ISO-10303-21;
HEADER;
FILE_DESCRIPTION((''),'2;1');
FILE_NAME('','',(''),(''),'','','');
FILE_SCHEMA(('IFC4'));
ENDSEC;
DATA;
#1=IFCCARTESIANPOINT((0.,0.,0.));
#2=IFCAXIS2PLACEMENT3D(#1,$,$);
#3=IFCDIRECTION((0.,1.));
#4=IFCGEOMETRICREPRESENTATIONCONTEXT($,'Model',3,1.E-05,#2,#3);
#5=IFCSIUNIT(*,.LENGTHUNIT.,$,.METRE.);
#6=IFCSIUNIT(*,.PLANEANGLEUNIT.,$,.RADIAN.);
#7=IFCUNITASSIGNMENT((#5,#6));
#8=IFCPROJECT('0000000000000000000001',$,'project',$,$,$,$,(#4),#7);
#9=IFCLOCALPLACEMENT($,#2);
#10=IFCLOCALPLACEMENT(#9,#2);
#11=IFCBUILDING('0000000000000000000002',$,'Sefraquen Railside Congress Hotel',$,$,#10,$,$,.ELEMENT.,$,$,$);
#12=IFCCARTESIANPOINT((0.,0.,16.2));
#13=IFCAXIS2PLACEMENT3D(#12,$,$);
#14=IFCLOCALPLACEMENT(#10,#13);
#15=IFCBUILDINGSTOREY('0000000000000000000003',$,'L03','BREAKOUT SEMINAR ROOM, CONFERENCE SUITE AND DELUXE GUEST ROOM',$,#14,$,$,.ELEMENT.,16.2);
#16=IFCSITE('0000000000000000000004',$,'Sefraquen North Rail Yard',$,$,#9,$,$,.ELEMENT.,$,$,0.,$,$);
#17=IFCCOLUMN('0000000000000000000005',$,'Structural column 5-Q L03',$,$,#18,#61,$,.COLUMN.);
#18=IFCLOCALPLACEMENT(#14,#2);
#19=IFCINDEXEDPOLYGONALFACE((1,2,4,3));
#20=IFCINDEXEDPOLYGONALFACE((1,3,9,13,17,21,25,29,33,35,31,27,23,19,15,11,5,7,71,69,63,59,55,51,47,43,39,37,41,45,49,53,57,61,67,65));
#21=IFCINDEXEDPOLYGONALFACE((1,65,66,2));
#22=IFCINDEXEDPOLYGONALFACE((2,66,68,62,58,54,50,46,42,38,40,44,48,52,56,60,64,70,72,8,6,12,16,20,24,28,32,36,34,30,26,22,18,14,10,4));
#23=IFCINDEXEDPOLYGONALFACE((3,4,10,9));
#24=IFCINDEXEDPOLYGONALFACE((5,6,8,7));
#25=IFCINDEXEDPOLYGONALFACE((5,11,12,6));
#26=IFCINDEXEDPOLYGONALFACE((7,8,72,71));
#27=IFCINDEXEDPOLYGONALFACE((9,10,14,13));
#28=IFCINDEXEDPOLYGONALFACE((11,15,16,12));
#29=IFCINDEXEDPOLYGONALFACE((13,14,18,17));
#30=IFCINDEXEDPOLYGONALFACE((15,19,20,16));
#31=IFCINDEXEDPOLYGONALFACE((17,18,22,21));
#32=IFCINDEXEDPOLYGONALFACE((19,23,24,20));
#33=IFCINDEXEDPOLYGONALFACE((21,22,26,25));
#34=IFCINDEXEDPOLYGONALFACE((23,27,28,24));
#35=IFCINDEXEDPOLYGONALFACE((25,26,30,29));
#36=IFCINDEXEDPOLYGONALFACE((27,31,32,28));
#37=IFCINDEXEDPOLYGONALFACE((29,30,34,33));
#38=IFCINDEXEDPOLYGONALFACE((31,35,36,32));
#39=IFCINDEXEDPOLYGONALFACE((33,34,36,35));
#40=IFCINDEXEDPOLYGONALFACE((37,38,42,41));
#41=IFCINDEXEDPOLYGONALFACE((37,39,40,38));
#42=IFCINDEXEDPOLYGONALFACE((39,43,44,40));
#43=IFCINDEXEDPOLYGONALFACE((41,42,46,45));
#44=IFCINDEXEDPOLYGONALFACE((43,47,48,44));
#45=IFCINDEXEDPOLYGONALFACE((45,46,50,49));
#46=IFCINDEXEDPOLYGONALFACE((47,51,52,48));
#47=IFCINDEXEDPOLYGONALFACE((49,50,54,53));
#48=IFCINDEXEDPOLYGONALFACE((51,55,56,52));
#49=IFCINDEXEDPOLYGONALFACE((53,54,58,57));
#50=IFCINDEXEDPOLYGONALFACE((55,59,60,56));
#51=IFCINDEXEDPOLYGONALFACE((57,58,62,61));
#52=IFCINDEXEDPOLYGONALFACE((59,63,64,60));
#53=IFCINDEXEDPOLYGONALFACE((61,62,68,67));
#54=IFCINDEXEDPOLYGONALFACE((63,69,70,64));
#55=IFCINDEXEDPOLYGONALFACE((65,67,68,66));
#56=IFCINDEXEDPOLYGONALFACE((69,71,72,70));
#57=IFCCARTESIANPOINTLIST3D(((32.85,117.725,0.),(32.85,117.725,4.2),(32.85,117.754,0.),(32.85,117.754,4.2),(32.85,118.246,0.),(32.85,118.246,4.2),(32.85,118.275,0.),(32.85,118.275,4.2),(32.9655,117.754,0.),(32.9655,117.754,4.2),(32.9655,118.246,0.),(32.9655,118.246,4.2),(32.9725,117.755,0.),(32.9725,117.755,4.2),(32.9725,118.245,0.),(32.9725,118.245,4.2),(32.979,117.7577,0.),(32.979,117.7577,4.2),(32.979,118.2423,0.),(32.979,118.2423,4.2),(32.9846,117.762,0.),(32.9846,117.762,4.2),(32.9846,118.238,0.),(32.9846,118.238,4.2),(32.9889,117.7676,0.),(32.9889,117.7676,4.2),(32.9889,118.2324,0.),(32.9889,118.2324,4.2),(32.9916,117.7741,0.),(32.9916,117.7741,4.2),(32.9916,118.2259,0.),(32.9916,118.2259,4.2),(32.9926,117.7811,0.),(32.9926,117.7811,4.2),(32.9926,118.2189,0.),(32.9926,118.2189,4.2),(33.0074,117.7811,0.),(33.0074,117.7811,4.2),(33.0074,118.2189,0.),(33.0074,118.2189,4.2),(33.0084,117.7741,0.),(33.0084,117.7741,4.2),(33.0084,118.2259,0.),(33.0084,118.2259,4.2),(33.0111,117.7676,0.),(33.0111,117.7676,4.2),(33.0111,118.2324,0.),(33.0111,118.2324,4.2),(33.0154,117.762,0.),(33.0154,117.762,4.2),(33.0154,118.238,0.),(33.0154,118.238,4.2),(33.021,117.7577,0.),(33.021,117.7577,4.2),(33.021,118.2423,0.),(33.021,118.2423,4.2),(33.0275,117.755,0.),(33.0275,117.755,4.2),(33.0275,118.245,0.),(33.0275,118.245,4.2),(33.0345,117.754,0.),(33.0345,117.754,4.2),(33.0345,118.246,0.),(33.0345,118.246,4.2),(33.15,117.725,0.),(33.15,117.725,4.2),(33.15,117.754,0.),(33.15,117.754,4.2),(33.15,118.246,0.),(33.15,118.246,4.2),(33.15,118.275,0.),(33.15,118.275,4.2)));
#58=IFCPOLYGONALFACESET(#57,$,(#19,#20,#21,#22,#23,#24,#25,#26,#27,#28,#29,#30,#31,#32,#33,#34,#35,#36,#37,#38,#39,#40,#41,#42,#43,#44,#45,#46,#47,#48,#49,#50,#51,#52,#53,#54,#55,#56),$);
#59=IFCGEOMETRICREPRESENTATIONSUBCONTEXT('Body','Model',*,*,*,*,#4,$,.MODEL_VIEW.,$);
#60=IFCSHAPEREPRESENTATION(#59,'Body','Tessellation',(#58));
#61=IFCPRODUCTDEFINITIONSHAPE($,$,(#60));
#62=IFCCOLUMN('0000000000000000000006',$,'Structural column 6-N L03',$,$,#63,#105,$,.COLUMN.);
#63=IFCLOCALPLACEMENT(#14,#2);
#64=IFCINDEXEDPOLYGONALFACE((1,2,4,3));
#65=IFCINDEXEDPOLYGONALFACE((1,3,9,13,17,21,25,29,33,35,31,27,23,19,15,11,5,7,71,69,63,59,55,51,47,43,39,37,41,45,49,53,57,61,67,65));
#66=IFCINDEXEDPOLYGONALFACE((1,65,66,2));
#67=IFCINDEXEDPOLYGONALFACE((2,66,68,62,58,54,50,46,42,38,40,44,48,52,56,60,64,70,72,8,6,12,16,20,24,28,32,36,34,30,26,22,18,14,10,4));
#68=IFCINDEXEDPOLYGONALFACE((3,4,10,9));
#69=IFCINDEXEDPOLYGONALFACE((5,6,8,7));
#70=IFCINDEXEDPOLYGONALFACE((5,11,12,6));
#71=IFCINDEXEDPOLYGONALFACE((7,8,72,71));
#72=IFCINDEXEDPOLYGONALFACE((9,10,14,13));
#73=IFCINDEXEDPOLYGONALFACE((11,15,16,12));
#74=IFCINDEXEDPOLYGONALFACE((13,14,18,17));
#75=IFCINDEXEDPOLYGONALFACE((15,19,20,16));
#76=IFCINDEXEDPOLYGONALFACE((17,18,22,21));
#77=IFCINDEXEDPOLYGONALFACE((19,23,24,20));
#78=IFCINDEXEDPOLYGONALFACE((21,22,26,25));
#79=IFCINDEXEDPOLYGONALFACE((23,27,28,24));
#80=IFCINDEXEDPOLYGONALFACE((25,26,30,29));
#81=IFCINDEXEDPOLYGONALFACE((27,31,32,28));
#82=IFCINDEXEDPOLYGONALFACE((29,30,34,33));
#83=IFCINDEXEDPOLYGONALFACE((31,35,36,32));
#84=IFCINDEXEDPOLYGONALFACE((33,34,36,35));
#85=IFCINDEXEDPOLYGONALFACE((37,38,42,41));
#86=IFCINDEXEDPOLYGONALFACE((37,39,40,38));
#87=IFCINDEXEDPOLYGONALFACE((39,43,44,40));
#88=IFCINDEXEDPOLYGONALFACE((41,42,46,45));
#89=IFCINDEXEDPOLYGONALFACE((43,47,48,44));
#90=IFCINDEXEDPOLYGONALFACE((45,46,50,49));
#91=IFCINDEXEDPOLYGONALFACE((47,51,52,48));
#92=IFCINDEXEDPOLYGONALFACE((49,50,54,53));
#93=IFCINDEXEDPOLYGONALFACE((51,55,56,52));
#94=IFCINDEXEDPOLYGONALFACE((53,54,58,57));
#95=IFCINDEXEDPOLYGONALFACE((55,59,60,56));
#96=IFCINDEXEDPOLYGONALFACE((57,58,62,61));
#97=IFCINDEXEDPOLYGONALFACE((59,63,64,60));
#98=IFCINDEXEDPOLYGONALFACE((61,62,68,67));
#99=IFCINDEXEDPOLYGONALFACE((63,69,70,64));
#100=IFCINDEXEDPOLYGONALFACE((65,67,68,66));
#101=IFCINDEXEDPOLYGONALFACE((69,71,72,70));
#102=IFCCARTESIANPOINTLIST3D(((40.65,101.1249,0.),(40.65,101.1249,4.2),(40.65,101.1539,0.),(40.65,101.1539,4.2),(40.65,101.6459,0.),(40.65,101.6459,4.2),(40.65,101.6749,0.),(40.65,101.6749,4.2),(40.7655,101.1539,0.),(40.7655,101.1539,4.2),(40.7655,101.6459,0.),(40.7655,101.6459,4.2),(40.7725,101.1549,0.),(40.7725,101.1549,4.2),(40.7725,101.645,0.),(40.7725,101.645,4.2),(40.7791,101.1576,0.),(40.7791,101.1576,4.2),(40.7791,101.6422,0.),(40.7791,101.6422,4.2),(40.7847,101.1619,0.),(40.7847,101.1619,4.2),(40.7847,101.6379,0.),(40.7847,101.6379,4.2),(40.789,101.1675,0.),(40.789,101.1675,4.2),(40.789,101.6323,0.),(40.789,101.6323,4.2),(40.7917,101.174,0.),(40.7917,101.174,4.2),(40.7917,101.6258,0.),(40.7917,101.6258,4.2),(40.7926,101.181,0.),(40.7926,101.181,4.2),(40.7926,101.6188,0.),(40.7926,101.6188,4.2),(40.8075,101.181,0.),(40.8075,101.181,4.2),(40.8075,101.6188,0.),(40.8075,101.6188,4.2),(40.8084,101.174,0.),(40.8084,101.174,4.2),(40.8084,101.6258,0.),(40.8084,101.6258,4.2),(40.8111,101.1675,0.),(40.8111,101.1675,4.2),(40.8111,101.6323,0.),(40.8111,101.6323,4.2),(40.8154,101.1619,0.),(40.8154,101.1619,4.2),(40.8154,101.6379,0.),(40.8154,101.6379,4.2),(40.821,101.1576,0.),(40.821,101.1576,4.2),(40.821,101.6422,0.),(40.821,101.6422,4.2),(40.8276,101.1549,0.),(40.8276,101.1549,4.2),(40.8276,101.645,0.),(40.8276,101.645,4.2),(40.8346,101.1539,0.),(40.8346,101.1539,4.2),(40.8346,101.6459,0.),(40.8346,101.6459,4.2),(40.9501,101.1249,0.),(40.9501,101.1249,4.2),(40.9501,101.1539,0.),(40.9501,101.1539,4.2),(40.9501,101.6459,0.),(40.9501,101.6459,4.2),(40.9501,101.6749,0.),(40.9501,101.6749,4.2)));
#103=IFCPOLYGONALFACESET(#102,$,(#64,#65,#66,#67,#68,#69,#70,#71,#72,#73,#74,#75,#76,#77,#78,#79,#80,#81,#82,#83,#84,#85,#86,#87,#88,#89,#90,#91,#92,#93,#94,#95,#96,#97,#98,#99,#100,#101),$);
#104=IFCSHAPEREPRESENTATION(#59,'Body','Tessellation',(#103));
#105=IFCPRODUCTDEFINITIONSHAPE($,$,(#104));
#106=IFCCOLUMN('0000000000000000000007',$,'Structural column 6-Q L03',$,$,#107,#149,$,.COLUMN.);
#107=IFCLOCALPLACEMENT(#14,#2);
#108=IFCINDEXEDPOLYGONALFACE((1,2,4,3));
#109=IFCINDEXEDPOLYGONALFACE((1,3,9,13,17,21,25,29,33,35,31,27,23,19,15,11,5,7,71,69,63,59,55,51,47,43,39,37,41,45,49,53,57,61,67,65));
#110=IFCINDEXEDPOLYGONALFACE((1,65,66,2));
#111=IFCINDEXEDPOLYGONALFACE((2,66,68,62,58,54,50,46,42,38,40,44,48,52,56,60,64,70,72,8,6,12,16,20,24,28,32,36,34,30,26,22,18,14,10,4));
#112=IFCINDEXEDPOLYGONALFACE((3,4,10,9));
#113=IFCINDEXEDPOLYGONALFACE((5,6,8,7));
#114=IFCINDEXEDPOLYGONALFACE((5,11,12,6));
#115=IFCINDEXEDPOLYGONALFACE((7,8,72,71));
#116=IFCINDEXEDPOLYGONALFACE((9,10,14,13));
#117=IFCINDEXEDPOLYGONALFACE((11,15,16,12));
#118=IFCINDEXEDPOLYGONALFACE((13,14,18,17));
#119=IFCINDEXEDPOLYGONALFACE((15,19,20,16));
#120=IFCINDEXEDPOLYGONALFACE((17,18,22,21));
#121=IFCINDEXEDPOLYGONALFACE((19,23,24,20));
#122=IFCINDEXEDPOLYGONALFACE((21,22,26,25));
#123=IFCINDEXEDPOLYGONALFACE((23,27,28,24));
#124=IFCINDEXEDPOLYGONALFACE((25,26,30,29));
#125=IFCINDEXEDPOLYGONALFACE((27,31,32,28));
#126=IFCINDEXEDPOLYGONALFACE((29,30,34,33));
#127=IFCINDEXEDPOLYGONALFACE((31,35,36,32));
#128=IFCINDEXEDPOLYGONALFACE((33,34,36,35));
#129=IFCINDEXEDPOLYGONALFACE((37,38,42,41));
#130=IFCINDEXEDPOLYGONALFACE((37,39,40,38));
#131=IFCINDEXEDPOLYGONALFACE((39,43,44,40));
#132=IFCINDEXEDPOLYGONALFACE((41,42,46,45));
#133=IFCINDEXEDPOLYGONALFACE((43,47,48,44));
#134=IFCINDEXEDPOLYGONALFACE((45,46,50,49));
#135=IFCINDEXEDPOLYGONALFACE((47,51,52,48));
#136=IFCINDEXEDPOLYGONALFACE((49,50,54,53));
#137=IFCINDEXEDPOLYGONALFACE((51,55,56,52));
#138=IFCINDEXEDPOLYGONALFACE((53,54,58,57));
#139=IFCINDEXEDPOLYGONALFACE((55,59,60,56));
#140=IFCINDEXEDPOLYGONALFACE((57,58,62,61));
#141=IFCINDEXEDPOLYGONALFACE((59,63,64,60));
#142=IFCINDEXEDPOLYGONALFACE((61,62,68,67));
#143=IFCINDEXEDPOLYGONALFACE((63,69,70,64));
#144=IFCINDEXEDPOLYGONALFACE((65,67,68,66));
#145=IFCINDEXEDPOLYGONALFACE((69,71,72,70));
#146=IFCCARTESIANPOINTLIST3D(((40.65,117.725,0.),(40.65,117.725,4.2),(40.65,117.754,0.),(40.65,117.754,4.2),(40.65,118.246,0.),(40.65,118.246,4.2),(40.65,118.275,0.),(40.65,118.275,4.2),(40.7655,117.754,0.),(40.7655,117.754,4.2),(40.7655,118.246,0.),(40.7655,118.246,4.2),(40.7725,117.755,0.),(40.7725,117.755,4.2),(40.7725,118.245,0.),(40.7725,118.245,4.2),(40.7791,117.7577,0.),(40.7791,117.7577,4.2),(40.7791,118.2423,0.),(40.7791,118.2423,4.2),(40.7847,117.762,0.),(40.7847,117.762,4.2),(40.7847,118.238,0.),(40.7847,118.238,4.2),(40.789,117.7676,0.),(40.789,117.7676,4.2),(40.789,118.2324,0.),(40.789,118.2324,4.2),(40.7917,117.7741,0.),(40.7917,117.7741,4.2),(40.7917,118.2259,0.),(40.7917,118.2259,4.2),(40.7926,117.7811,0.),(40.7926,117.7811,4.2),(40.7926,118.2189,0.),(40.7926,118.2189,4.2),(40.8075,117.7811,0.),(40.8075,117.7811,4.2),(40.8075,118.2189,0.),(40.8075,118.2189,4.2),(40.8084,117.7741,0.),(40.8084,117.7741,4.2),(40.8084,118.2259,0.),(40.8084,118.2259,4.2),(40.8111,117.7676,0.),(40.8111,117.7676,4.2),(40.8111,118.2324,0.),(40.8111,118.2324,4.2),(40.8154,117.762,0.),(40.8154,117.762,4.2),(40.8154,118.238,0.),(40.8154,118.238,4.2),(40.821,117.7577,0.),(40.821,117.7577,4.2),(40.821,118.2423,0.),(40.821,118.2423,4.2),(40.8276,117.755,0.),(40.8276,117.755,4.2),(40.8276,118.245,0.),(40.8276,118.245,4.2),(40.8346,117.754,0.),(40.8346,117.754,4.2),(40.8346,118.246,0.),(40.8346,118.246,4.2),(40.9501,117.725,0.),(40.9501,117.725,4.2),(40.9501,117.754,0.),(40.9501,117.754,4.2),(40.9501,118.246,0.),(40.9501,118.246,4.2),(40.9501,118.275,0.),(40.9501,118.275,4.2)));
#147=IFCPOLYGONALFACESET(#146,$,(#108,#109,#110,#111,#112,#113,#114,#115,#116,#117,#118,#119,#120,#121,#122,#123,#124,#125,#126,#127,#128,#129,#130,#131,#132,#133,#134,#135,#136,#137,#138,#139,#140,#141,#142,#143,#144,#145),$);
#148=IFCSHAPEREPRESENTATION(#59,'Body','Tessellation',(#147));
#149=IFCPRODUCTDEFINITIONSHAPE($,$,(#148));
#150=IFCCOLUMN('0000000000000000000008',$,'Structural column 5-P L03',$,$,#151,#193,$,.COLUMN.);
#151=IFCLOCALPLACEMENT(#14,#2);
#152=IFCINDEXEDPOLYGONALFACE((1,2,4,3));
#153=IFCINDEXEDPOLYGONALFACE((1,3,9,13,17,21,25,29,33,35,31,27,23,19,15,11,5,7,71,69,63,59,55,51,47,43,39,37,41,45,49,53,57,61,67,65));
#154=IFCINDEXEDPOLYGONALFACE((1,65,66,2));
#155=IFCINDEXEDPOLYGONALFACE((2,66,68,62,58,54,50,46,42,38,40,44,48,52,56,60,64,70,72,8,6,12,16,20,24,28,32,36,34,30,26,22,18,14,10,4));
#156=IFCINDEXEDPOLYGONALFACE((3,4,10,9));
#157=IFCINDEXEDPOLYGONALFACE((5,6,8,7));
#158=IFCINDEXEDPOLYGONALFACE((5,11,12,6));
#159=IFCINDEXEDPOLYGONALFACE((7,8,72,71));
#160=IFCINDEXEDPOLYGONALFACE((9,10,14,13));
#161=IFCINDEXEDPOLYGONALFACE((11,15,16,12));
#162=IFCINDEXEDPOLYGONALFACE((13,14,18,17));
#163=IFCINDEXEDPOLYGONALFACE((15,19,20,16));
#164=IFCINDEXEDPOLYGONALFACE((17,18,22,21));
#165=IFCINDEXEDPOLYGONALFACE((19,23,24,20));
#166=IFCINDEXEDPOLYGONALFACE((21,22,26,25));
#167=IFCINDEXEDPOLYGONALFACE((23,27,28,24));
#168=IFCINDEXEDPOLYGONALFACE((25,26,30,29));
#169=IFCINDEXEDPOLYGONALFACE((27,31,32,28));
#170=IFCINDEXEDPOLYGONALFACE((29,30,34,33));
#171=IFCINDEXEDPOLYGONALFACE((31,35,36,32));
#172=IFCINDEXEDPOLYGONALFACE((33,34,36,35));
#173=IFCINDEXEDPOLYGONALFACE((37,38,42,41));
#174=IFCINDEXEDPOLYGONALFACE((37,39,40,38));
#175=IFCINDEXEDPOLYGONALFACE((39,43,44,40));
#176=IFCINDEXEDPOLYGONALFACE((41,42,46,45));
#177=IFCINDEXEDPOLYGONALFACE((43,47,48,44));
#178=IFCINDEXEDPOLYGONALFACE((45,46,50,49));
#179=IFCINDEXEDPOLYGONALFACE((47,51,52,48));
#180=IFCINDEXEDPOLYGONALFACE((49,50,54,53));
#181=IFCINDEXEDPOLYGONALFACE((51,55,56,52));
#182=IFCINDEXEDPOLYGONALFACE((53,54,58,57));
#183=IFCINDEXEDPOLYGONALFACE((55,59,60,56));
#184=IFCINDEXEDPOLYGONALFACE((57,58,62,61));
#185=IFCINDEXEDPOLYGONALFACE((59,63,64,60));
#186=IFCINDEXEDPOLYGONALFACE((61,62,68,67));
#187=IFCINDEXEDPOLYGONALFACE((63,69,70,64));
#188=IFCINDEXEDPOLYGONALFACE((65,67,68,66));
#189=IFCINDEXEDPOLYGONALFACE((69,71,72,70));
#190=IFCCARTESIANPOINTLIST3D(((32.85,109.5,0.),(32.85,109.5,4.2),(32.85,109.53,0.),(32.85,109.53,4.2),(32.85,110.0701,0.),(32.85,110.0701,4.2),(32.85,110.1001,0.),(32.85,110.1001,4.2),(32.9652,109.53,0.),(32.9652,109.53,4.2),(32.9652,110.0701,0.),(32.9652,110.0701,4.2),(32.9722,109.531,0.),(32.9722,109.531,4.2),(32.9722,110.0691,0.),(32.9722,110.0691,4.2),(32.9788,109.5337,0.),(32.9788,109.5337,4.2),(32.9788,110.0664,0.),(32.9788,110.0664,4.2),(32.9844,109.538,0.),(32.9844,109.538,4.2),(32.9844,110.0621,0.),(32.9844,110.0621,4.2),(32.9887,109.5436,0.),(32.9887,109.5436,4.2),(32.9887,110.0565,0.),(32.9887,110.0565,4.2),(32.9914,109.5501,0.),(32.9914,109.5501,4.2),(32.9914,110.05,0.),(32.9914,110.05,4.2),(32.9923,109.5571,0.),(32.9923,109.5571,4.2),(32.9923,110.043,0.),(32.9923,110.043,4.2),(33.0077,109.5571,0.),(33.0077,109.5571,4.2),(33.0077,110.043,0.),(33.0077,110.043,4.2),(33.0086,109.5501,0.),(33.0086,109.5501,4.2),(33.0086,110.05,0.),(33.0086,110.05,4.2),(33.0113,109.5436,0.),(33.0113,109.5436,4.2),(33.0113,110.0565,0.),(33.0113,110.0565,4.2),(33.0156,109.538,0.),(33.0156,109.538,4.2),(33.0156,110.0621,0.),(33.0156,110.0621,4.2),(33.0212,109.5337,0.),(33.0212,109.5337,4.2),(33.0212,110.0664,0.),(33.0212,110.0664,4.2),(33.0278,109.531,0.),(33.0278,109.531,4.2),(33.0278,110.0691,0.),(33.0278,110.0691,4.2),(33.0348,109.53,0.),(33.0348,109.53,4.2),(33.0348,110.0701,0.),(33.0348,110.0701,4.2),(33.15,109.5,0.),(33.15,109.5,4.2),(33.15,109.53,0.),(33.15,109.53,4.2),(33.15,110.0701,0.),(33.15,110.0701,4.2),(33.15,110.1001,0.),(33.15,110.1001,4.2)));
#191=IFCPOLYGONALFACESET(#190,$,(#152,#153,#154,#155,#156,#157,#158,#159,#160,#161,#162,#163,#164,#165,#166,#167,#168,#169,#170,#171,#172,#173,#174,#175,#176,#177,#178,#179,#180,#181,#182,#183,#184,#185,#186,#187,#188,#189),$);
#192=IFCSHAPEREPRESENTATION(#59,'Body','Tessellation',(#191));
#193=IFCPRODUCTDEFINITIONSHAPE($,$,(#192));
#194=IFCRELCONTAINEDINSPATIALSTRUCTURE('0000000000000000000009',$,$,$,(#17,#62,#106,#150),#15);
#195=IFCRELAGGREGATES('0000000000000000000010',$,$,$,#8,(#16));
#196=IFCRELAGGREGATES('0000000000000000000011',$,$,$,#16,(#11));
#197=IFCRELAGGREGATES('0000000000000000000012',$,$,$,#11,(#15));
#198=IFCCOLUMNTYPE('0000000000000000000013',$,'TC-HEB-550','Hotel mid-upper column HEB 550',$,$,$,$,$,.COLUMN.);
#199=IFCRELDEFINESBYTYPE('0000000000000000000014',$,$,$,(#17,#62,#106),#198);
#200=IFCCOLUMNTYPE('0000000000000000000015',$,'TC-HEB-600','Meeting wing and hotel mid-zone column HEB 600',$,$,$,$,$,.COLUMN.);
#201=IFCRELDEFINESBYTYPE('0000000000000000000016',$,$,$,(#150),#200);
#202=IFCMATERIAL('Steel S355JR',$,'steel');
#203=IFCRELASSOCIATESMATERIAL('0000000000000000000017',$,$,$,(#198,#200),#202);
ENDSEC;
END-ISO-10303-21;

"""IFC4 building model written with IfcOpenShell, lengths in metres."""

from ifc_helpers import new_model, si_unit, direction, frame, origin, origin_2d, place, context, subcontext, project, spatial, i_section, extrude, material, material_profile, profile_set, type_object, element, save


model = new_model("IFC4")

# Units and contexts
model_context = context("Model", 3, precision=1e-05, world=origin(), true_north=direction((0.0, 1.0)))
body_context = subcontext(model_context, "Body", "Model", "MODEL_VIEW")
ifc_project = project(units=[si_unit("LENGTHUNIT", "METRE"), si_unit("PLANEANGLEUNIT", "RADIAN")], contexts=[model_context])

# Site, building, storey
site_placement = place(None, origin())
site = spatial("IfcSite", under=ifc_project, at=site_placement, Name="Sefraquen North Rail Yard", CompositionType="ELEMENT", RefElevation=0.0)
building_placement = place(site_placement, origin())
building = spatial("IfcBuilding", under=site, at=building_placement, Name="Sefraquen Railside Congress Hotel", CompositionType="ELEMENT")
storey_placement = place(building_placement, frame((0.0, 0.0, 16.2)))
storey = spatial("IfcBuildingStorey", under=building, at=storey_placement, Name="L03", Description="BREAKOUT SEMINAR ROOM, CONFERENCE SUITE AND DELUXE GUEST ROOM", CompositionType="ELEMENT", Elevation=16.2)

# Columns
ifc_material_1 = material(Name="Steel S355JR", Category="steel")
ifc_material_profile_1 = material_profile(ifc_material_1, i_section(OverallWidth=0.3, OverallDepth=0.55, WebThickness=0.0149, FlangeThickness=0.0291, FilletRadius=0.0271, at=origin_2d()), Name="HEB 550")
ifc_profile_set_1 = profile_set([ifc_material_profile_1], Name="Steel S355JR")
column_type_1 = type_object("IfcColumnType", Name="TC-HEB-550", Description="Hotel mid-upper column HEB 550", PredefinedType="COLUMN", material=ifc_profile_set_1)
for number, where, z_axis, x_axis, name in (
    (1, (33.0, 118.0, 0.0), (0.0, 0.0, 1.0), (1.0, 0.0, 0.0), "Structural column 5-Q L03"),
    (2, (40.8, 101.3999, 0.0), (0.0, 0.0, 1.0), (1.0, 0.0, 0.0), "Structural column 6-N L03"),
    (3, (40.8, 118.0, 0.0), (0.0, 0.0, 1.0), (1.0, 0.0, 0.0), "Structural column 6-Q L03"),
):
    element("IfcColumn", number, at=place(storey_placement, frame(where, z_axis=z_axis, x_axis=x_axis)), inside=storey, type_object=column_type_1, Name=name, PredefinedType="COLUMN", context=body_context, shape_type="SweptSolid", body=[
        extrude(i_section(OverallWidth=0.3, OverallDepth=0.55, WebThickness=0.0149, FlangeThickness=0.0291, FilletRadius=0.0271, at=origin_2d()), origin(), (0.0, 0.0, 1.0), 4.2),
    ])
ifc_material_profile_2 = material_profile(ifc_material_1, i_section(OverallWidth=0.3, OverallDepth=0.6001, WebThickness=0.0154, FlangeThickness=0.03, FilletRadius=0.0271, at=origin_2d()), Name="HEB 600")
ifc_profile_set_2 = profile_set([ifc_material_profile_2], Name="Steel S355JR")
column_type_2 = type_object("IfcColumnType", Name="TC-HEB-600", Description="Meeting wing and hotel mid-zone column HEB 600", PredefinedType="COLUMN", material=ifc_profile_set_2)
for number, where, z_axis, x_axis, name in (
    (4, (33.0, 109.8, 0.0), (0.0, 0.0, 1.0), (1.0, 0.0, 0.0), "Structural column 5-P L03"),
):
    element("IfcColumn", number, at=place(storey_placement, frame(where, z_axis=z_axis, x_axis=x_axis)), inside=storey, type_object=column_type_2, Name=name, PredefinedType="COLUMN", context=body_context, shape_type="SweptSolid", body=[
        extrude(i_section(OverallWidth=0.3, OverallDepth=0.6001, WebThickness=0.0154, FlangeThickness=0.03, FilletRadius=0.0271, at=origin_2d()), origin(), (0.0, 0.0, 1.0), 4.2),
    ])

save(model, "model.ifc")
